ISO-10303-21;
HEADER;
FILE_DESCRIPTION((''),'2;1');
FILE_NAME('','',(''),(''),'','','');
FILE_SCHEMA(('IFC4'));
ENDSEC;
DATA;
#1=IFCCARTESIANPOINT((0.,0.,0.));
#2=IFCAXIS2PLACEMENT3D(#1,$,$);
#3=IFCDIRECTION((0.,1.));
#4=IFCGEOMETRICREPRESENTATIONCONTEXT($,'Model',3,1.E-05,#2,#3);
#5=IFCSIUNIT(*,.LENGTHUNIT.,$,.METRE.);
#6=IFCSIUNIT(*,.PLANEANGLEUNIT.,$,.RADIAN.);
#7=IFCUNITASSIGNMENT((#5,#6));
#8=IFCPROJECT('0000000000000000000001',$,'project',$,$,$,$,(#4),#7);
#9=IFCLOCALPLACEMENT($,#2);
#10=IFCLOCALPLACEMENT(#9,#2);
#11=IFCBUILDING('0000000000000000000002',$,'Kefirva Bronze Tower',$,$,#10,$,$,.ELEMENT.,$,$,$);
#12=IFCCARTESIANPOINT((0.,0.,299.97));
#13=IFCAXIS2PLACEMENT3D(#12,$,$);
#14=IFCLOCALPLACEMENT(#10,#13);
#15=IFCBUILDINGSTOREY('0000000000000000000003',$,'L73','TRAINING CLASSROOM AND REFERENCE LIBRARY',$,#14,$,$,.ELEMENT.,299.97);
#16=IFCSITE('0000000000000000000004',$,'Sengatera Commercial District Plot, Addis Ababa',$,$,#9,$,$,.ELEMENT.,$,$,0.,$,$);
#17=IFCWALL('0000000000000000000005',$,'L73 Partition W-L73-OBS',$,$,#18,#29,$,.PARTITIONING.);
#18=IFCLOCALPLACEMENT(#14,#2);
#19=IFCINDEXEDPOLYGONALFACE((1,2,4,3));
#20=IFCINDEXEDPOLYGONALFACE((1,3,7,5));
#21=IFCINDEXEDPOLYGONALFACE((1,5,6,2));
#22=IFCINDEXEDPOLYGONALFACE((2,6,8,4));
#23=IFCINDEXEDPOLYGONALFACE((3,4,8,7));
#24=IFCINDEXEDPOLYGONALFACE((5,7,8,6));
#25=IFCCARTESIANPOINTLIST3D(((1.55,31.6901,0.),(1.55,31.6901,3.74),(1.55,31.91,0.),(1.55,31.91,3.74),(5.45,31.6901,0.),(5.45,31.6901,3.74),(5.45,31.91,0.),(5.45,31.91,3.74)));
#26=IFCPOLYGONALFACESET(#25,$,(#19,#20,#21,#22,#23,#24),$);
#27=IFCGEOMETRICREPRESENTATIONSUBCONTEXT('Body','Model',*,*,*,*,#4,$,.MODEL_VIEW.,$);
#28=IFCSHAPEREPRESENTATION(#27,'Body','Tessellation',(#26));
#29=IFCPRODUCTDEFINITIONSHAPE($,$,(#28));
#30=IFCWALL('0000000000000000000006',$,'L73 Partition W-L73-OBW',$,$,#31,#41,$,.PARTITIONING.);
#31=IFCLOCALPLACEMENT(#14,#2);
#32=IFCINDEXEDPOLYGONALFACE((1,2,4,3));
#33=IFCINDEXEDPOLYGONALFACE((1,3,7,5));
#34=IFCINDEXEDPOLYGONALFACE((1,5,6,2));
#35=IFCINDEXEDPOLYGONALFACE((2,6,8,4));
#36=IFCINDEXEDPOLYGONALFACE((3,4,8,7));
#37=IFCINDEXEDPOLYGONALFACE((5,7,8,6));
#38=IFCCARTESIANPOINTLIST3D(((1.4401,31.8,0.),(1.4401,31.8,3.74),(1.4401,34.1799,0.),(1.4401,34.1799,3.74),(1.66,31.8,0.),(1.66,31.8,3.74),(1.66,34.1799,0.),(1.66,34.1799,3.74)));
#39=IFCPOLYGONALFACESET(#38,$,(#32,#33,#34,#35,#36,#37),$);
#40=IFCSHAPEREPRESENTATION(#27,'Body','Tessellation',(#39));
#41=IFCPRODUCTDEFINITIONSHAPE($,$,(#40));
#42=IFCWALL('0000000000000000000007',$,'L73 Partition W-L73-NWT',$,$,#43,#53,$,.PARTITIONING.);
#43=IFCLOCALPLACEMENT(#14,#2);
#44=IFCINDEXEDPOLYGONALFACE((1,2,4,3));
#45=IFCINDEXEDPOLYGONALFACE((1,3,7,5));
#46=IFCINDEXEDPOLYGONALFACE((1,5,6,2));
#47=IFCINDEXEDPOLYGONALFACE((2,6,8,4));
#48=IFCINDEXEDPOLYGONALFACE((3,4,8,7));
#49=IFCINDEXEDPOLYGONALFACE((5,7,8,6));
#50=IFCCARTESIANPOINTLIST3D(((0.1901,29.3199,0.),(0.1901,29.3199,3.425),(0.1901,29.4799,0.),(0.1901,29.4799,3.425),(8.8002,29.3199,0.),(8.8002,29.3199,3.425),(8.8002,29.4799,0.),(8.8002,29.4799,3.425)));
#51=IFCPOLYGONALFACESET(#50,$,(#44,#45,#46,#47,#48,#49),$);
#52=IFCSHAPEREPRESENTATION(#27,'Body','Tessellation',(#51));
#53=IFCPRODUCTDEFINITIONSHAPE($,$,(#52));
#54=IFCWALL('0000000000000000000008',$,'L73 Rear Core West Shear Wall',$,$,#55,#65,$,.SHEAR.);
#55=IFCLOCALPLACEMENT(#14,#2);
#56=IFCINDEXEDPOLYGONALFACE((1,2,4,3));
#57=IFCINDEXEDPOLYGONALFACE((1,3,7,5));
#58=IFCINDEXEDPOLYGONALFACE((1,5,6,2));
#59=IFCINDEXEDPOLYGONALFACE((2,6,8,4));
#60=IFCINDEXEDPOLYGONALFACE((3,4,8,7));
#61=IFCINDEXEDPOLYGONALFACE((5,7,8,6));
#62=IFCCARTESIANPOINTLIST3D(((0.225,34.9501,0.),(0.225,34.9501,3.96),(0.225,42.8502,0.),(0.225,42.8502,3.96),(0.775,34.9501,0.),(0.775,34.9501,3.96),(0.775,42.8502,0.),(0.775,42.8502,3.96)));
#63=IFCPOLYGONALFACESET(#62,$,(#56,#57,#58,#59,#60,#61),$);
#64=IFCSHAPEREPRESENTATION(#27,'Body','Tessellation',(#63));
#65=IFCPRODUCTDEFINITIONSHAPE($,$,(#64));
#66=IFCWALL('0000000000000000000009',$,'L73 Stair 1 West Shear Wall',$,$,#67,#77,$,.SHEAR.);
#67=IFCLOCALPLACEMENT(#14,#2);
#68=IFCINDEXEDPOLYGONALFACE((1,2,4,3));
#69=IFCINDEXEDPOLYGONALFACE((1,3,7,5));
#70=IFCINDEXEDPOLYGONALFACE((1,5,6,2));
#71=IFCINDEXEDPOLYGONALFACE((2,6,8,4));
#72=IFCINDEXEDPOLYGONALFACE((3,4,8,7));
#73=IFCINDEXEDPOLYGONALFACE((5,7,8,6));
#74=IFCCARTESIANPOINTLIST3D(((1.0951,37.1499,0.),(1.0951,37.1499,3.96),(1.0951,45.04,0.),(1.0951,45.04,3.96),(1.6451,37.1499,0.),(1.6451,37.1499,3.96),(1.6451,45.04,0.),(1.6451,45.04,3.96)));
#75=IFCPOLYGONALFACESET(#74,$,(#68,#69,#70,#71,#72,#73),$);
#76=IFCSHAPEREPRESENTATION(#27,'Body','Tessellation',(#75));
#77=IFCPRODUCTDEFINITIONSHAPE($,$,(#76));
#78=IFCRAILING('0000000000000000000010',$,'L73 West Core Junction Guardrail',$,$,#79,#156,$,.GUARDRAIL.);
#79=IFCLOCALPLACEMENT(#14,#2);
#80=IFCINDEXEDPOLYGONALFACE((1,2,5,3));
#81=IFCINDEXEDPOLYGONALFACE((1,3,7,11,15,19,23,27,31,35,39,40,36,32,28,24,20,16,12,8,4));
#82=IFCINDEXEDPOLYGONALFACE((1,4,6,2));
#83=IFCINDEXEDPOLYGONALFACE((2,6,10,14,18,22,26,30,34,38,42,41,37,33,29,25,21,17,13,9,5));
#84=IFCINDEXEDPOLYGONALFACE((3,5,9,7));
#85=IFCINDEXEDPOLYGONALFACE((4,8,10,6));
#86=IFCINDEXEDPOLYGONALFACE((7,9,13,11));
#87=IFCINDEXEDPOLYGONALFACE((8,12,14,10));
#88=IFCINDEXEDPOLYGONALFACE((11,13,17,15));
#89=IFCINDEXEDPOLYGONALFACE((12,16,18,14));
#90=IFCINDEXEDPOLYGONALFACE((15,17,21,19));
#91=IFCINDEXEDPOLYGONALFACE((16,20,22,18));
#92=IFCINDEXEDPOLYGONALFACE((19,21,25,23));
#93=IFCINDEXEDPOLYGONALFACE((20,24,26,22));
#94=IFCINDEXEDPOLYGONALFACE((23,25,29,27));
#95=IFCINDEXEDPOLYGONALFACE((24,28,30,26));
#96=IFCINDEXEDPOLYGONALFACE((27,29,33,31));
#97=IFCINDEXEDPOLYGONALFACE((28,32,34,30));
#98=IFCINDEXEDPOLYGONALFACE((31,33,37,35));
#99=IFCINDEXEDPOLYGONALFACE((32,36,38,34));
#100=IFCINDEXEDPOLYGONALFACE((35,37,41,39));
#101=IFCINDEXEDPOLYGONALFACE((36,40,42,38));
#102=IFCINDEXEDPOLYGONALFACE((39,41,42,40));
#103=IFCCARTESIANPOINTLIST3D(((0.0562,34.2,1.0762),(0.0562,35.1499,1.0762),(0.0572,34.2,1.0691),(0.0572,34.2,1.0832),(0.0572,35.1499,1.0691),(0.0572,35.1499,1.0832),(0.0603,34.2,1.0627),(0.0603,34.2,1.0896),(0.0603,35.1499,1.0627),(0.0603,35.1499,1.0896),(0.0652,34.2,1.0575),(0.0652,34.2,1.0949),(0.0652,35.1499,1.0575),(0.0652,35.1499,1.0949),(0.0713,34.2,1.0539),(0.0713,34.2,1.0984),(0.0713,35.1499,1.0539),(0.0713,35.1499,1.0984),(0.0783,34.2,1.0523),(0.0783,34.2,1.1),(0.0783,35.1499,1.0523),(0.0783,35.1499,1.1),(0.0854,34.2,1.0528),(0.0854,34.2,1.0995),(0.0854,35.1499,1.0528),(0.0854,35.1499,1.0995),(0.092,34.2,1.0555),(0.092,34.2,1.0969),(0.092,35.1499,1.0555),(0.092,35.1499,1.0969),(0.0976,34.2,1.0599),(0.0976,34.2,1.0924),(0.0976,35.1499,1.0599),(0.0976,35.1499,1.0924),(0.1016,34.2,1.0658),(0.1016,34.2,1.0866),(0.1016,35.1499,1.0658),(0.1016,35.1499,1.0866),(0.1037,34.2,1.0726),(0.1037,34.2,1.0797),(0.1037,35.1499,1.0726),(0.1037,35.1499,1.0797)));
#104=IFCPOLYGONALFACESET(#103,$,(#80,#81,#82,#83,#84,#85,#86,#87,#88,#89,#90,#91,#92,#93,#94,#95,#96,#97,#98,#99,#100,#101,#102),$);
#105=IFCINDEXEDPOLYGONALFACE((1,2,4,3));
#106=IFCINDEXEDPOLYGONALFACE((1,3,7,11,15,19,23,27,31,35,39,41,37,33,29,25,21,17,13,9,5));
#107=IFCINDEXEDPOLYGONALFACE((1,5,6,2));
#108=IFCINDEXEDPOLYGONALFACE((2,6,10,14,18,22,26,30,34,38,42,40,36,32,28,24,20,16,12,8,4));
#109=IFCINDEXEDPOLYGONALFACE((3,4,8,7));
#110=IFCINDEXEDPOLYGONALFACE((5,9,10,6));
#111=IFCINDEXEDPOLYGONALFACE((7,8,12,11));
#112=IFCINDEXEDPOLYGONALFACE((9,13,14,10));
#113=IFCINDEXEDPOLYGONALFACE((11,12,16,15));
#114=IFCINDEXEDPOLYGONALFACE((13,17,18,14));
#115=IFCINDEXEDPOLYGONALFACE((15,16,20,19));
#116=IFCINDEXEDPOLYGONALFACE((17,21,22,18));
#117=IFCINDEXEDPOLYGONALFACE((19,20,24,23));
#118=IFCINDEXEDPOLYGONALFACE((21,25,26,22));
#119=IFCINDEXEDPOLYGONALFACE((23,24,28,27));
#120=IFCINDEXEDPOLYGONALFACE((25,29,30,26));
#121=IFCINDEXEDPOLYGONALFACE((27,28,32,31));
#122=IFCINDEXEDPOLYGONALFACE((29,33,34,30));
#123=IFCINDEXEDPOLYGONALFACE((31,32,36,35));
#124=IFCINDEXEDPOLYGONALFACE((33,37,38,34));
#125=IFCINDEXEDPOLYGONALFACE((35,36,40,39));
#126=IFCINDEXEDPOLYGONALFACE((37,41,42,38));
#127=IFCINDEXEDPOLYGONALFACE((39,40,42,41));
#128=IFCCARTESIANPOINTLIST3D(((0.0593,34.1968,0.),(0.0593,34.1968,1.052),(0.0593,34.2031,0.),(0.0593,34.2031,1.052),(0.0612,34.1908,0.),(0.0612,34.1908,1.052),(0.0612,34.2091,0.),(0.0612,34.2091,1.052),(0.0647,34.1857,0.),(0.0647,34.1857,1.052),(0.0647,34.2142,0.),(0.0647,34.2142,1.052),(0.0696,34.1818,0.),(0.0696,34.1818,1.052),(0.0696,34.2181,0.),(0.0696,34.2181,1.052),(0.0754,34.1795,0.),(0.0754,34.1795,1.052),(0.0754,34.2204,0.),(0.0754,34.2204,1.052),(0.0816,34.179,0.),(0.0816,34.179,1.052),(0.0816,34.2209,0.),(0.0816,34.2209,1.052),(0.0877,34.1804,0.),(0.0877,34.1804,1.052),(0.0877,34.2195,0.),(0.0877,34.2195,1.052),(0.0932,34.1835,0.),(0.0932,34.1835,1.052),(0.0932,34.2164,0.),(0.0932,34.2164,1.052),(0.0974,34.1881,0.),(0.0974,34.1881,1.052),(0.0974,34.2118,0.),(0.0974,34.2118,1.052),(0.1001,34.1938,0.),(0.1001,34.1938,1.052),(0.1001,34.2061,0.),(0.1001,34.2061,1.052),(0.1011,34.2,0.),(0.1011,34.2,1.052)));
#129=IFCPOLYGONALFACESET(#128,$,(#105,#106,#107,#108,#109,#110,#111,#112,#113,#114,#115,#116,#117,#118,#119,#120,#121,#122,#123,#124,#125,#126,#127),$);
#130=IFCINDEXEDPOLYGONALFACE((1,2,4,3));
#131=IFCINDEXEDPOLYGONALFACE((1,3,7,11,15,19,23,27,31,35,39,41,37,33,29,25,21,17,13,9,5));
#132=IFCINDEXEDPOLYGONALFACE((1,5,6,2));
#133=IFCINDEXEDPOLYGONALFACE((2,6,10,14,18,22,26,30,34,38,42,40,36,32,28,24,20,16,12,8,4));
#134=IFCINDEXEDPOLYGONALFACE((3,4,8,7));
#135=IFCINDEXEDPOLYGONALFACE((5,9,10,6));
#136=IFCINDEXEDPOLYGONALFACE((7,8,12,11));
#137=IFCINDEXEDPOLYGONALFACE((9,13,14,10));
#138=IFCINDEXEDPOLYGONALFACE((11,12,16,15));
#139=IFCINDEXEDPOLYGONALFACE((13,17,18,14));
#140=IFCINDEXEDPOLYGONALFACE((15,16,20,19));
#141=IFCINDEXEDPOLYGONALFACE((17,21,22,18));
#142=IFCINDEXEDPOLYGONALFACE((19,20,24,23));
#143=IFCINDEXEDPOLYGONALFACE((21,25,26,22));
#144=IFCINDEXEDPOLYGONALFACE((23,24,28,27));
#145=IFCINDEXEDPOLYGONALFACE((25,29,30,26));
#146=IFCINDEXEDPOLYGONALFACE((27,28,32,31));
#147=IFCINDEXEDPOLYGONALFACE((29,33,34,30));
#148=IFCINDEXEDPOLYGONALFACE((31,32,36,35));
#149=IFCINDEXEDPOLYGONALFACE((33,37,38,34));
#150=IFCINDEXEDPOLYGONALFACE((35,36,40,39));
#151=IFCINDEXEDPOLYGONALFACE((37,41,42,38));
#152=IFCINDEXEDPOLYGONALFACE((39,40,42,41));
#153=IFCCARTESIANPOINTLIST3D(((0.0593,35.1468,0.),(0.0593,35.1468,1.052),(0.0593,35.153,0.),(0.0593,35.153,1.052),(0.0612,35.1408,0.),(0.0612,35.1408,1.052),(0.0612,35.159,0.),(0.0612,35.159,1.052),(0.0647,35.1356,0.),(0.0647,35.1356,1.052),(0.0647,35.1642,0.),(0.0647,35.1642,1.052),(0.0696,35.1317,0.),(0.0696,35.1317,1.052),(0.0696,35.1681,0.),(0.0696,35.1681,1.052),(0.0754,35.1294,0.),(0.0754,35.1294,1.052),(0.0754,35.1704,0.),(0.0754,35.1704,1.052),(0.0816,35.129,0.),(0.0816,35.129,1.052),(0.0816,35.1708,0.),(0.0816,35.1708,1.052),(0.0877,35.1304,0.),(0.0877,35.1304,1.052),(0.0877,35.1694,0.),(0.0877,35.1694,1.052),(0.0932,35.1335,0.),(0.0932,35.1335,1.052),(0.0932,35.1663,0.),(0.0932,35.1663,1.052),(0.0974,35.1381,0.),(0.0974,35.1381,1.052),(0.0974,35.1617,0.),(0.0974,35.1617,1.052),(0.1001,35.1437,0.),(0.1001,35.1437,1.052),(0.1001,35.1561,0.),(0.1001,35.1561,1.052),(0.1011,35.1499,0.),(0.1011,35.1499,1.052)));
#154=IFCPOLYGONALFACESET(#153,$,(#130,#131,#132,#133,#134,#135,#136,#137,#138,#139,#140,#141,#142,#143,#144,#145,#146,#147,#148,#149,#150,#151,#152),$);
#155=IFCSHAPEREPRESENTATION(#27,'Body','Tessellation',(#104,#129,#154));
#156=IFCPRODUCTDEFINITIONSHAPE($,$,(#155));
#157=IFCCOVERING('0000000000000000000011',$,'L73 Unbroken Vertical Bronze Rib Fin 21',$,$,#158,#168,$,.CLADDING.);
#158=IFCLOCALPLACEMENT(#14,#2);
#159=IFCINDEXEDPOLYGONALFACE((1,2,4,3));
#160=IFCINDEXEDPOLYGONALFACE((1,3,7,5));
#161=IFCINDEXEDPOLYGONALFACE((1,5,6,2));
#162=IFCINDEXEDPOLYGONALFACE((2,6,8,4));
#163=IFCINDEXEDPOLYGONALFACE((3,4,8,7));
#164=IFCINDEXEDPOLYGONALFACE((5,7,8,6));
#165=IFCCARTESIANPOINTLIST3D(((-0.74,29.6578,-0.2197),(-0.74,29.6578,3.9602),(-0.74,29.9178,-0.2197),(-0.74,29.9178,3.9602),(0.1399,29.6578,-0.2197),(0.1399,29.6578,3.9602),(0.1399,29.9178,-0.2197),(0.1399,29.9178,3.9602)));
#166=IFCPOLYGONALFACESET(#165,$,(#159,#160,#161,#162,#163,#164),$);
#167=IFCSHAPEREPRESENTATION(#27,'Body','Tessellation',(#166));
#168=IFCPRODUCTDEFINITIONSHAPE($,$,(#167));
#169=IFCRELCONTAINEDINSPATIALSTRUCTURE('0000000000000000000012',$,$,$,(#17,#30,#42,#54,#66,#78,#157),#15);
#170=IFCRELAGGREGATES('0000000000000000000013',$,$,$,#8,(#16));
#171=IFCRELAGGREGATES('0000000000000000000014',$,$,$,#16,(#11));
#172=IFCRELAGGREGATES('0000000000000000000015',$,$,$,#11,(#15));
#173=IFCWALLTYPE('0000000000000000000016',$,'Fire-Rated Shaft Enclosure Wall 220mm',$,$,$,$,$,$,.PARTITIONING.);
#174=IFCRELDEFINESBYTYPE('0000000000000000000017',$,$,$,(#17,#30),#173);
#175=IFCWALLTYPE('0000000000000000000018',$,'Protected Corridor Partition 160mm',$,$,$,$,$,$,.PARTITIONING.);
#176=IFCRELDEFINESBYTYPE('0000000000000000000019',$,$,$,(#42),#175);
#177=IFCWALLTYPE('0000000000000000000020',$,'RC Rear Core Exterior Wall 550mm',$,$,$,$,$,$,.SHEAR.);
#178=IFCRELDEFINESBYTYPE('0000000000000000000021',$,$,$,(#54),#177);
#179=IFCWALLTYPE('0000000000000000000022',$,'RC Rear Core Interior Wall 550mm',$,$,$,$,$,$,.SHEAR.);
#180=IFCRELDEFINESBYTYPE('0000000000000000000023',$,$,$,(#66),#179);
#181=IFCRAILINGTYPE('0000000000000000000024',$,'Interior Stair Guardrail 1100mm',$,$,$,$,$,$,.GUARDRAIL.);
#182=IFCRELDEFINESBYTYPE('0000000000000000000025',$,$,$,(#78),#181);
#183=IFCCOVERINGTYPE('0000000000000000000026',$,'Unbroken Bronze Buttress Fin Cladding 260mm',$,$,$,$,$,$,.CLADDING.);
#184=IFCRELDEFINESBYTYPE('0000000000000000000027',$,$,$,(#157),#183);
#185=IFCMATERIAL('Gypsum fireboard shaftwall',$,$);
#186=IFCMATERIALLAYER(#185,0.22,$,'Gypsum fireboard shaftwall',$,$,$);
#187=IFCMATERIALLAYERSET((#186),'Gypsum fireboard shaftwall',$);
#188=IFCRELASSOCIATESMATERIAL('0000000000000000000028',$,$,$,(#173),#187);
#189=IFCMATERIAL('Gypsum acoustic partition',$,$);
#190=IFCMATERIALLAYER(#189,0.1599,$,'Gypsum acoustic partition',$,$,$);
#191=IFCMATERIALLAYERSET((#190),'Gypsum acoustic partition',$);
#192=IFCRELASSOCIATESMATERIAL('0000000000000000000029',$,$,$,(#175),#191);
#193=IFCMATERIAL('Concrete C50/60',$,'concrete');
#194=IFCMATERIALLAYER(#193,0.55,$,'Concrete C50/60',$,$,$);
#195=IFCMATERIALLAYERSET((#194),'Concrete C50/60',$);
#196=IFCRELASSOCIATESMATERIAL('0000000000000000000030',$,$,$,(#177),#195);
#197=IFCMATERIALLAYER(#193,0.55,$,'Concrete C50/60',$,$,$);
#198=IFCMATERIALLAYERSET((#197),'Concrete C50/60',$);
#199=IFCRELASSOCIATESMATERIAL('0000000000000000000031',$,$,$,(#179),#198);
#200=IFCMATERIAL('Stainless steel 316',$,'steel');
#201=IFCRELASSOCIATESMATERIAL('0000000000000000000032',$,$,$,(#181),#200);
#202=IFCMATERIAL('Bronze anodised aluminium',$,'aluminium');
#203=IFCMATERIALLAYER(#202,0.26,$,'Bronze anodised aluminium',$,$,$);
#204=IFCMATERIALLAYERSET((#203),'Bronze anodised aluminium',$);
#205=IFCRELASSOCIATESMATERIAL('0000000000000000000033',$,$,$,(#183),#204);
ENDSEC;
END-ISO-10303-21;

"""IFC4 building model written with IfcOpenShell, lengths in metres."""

from ifc_helpers import new_model, si_unit, direction, frame, frame_2d, origin, origin_2d, place, context, subcontext, project, spatial, rectangle, circle, extrude, material, layer, layer_set, type_object, element, save


model = new_model("IFC4")

# Units and contexts
model_context = context("Model", 3, precision=1e-05, world=origin(), true_north=direction((0.0, 1.0)))
body_context = subcontext(model_context, "Body", "Model", "MODEL_VIEW")
ifc_project = project(units=[si_unit("LENGTHUNIT", "METRE"), si_unit("PLANEANGLEUNIT", "RADIAN")], contexts=[model_context])

# Site, building, storey
site_placement = place(None, origin())
site = spatial("IfcSite", under=ifc_project, at=site_placement, Name="Sengatera Commercial District Plot, Addis Ababa", CompositionType="ELEMENT", RefElevation=0.0)
building_placement = place(site_placement, origin())
building = spatial("IfcBuilding", under=site, at=building_placement, Name="Kefirva Bronze Tower", CompositionType="ELEMENT")
storey_placement = place(building_placement, frame((0.0, 0.0, 299.97)))
storey = spatial("IfcBuildingStorey", under=building, at=storey_placement, Name="L73", Description="TRAINING CLASSROOM AND REFERENCE LIBRARY", CompositionType="ELEMENT", Elevation=299.97)

# Shared definitions
ifc_material_1 = material(Name="Concrete C50/60", Category="concrete")

# Shared definitions
ifc_material_2 = material(Name="Bronze anodised aluminium", Category="aluminium")

# Walls
ifc_material_3 = material(Name="Gypsum fireboard shaftwall")
ifc_layer_1 = layer(ifc_material_3, 0.22, Name="Gypsum fireboard shaftwall")
ifc_layer_set_1 = layer_set([ifc_layer_1], Name="Gypsum fireboard shaftwall")
wall_type_1 = type_object("IfcWallType", Name="Fire-Rated Shaft Enclosure Wall 220mm", PredefinedType="PARTITIONING", material=ifc_layer_set_1)
wall_1_placement = place(storey_placement, frame((1.55, 31.8, 0.0), z_axis=(0.0, 0.0, 1.0), x_axis=(1.0, 0.0, 0.0)))
element("IfcWall", 1, at=wall_1_placement, inside=storey, type_object=wall_type_1, Name="L73 Partition W-L73-OBS", PredefinedType="PARTITIONING", context=body_context, shape_type="SweptSolid", body=[
    extrude(rectangle(XDim=3.8999, YDim=0.22, at=frame_2d((1.95, 0.0))), origin(), (0.0, 0.0, 1.0), 3.74),
])
wall_2_placement = place(storey_placement, frame((1.55, 31.8, 0.0), z_axis=(0.0, 0.0, 1.0), x_axis=(0.0, 1.0, 0.0)))
element("IfcWall", 2, at=wall_2_placement, inside=storey, type_object=wall_type_1, Name="L73 Partition W-L73-OBW", PredefinedType="PARTITIONING", context=body_context, shape_type="SweptSolid", body=[
    extrude(rectangle(XDim=2.3799, YDim=0.22, at=frame_2d((1.1899, 0.0))), origin(), (0.0, 0.0, 1.0), 3.74),
])
ifc_material_4 = material(Name="Gypsum acoustic partition")
ifc_layer_2 = layer(ifc_material_4, 0.1599, Name="Gypsum acoustic partition")
ifc_layer_set_2 = layer_set([ifc_layer_2], Name="Gypsum acoustic partition")
wall_type_2 = type_object("IfcWallType", Name="Protected Corridor Partition 160mm", PredefinedType="PARTITIONING", material=ifc_layer_set_2)
wall_3_placement = place(storey_placement, frame((0.1899, 29.3999, 0.0), z_axis=(0.0, 0.0, 1.0), x_axis=(1.0, 0.0, 0.0)))
element("IfcWall", 3, at=wall_3_placement, inside=storey, type_object=wall_type_2, Name="L73 Partition W-L73-NWT", PredefinedType="PARTITIONING", context=body_context, shape_type="SweptSolid", body=[
    extrude(rectangle(XDim=8.6101, YDim=0.1599, at=frame_2d((4.3052, 0.0))), origin(), (0.0, 0.0, 1.0), 3.425),
])
ifc_layer_3 = layer(ifc_material_1, 0.55, Name="Concrete C50/60")
ifc_layer_set_3 = layer_set([ifc_layer_3], Name="Concrete C50/60")
wall_type_3 = type_object("IfcWallType", Name="RC Rear Core Exterior Wall 550mm", PredefinedType="SHEAR", material=ifc_layer_set_3)
wall_4_placement = place(storey_placement, frame((0.5, 34.95, 0.0), z_axis=(0.0, 0.0, 1.0), x_axis=(0.0, 1.0, 0.0)))
element("IfcWall", 4, at=wall_4_placement, inside=storey, type_object=wall_type_3, Name="L73 Rear Core West Shear Wall", PredefinedType="SHEAR", context=body_context, shape_type="SweptSolid", body=[
    extrude(rectangle(XDim=7.9001, YDim=0.55, at=frame_2d((3.9502, 0.0))), origin(), (0.0, 0.0, 1.0), 3.96),
])

# Shared definitions
ifc_layer_4 = layer(ifc_material_1, 0.55, Name="Concrete C50/60")
ifc_layer_set_4 = layer_set([ifc_layer_4], Name="Concrete C50/60")
wall_type_4 = type_object("IfcWallType", Name="RC Rear Core Interior Wall 550mm", PredefinedType="SHEAR", material=ifc_layer_set_4)

# Wall
wall_5_placement = place(storey_placement, frame((1.3701, 37.1499, 0.0), z_axis=(0.0, 0.0, 1.0), x_axis=(0.0, 1.0, 0.0)))
element("IfcWall", 5, at=wall_5_placement, inside=storey, type_object=wall_type_4, Name="L73 Stair 1 West Shear Wall", PredefinedType="SHEAR", context=body_context, shape_type="SweptSolid", body=[
    extrude(rectangle(XDim=7.8901, YDim=0.55, at=frame_2d((3.9451, 0.0))), origin(), (0.0, 0.0, 1.0), 3.96),
])

# Railing
ifc_material_5 = material(Name="Stainless steel 316", Category="steel")
railing_type = type_object("IfcRailingType", Name="Interior Stair Guardrail 1100mm", PredefinedType="GUARDRAIL", material=ifc_material_5)
railing_placement = place(storey_placement, frame((0.0801, 34.2, 0.0)))
element("IfcRailing", 6, at=railing_placement, inside=storey, type_object=railing_type, Name="L73 West Core Junction Guardrail", PredefinedType="GUARDRAIL", context=body_context, shape_type="SweptSolid", body=[
    extrude(circle(Radius=0.0239, at=origin_2d()), frame((0.0, 0.0, 1.0762), z_axis=(0.0, 1.0, 0.0), x_axis=(-1.0, 0.0, 0.0)), (0.0, 0.0, 1.0), 0.95),
    extrude(circle(Radius=0.021, at=origin_2d()), origin(), (0.0, 0.0, 1.0), 1.052),
    extrude(circle(Radius=0.021, at=origin_2d()), frame((0.0, 0.95, 0.0)), (0.0, 0.0, 1.0), 1.052),
])

# Covering
ifc_layer_5 = layer(ifc_material_2, 0.26, Name="Bronze anodised aluminium")
ifc_layer_set_5 = layer_set([ifc_layer_5], Name="Bronze anodised aluminium")
covering_type = type_object("IfcCoveringType", Name="Unbroken Bronze Buttress Fin Cladding 260mm", PredefinedType="CLADDING", material=ifc_layer_set_5)
covering_placement = place(storey_placement, frame((-0.3, 29.7878, -0.2197), z_axis=(0.0, 0.0, 1.0), x_axis=(0.0, -1.0, 0.0)))
element("IfcCovering", 7, at=covering_placement, inside=storey, type_object=covering_type, Name="L73 Unbroken Vertical Bronze Rib Fin 21", PredefinedType="CLADDING", context=body_context, shape_type="SweptSolid", body=[
    extrude(rectangle(XDim=0.26, YDim=0.8799, at=origin_2d()), origin(), (0.0, 0.0, 1.0), 4.1799),
])

save(model, "model.ifc")
